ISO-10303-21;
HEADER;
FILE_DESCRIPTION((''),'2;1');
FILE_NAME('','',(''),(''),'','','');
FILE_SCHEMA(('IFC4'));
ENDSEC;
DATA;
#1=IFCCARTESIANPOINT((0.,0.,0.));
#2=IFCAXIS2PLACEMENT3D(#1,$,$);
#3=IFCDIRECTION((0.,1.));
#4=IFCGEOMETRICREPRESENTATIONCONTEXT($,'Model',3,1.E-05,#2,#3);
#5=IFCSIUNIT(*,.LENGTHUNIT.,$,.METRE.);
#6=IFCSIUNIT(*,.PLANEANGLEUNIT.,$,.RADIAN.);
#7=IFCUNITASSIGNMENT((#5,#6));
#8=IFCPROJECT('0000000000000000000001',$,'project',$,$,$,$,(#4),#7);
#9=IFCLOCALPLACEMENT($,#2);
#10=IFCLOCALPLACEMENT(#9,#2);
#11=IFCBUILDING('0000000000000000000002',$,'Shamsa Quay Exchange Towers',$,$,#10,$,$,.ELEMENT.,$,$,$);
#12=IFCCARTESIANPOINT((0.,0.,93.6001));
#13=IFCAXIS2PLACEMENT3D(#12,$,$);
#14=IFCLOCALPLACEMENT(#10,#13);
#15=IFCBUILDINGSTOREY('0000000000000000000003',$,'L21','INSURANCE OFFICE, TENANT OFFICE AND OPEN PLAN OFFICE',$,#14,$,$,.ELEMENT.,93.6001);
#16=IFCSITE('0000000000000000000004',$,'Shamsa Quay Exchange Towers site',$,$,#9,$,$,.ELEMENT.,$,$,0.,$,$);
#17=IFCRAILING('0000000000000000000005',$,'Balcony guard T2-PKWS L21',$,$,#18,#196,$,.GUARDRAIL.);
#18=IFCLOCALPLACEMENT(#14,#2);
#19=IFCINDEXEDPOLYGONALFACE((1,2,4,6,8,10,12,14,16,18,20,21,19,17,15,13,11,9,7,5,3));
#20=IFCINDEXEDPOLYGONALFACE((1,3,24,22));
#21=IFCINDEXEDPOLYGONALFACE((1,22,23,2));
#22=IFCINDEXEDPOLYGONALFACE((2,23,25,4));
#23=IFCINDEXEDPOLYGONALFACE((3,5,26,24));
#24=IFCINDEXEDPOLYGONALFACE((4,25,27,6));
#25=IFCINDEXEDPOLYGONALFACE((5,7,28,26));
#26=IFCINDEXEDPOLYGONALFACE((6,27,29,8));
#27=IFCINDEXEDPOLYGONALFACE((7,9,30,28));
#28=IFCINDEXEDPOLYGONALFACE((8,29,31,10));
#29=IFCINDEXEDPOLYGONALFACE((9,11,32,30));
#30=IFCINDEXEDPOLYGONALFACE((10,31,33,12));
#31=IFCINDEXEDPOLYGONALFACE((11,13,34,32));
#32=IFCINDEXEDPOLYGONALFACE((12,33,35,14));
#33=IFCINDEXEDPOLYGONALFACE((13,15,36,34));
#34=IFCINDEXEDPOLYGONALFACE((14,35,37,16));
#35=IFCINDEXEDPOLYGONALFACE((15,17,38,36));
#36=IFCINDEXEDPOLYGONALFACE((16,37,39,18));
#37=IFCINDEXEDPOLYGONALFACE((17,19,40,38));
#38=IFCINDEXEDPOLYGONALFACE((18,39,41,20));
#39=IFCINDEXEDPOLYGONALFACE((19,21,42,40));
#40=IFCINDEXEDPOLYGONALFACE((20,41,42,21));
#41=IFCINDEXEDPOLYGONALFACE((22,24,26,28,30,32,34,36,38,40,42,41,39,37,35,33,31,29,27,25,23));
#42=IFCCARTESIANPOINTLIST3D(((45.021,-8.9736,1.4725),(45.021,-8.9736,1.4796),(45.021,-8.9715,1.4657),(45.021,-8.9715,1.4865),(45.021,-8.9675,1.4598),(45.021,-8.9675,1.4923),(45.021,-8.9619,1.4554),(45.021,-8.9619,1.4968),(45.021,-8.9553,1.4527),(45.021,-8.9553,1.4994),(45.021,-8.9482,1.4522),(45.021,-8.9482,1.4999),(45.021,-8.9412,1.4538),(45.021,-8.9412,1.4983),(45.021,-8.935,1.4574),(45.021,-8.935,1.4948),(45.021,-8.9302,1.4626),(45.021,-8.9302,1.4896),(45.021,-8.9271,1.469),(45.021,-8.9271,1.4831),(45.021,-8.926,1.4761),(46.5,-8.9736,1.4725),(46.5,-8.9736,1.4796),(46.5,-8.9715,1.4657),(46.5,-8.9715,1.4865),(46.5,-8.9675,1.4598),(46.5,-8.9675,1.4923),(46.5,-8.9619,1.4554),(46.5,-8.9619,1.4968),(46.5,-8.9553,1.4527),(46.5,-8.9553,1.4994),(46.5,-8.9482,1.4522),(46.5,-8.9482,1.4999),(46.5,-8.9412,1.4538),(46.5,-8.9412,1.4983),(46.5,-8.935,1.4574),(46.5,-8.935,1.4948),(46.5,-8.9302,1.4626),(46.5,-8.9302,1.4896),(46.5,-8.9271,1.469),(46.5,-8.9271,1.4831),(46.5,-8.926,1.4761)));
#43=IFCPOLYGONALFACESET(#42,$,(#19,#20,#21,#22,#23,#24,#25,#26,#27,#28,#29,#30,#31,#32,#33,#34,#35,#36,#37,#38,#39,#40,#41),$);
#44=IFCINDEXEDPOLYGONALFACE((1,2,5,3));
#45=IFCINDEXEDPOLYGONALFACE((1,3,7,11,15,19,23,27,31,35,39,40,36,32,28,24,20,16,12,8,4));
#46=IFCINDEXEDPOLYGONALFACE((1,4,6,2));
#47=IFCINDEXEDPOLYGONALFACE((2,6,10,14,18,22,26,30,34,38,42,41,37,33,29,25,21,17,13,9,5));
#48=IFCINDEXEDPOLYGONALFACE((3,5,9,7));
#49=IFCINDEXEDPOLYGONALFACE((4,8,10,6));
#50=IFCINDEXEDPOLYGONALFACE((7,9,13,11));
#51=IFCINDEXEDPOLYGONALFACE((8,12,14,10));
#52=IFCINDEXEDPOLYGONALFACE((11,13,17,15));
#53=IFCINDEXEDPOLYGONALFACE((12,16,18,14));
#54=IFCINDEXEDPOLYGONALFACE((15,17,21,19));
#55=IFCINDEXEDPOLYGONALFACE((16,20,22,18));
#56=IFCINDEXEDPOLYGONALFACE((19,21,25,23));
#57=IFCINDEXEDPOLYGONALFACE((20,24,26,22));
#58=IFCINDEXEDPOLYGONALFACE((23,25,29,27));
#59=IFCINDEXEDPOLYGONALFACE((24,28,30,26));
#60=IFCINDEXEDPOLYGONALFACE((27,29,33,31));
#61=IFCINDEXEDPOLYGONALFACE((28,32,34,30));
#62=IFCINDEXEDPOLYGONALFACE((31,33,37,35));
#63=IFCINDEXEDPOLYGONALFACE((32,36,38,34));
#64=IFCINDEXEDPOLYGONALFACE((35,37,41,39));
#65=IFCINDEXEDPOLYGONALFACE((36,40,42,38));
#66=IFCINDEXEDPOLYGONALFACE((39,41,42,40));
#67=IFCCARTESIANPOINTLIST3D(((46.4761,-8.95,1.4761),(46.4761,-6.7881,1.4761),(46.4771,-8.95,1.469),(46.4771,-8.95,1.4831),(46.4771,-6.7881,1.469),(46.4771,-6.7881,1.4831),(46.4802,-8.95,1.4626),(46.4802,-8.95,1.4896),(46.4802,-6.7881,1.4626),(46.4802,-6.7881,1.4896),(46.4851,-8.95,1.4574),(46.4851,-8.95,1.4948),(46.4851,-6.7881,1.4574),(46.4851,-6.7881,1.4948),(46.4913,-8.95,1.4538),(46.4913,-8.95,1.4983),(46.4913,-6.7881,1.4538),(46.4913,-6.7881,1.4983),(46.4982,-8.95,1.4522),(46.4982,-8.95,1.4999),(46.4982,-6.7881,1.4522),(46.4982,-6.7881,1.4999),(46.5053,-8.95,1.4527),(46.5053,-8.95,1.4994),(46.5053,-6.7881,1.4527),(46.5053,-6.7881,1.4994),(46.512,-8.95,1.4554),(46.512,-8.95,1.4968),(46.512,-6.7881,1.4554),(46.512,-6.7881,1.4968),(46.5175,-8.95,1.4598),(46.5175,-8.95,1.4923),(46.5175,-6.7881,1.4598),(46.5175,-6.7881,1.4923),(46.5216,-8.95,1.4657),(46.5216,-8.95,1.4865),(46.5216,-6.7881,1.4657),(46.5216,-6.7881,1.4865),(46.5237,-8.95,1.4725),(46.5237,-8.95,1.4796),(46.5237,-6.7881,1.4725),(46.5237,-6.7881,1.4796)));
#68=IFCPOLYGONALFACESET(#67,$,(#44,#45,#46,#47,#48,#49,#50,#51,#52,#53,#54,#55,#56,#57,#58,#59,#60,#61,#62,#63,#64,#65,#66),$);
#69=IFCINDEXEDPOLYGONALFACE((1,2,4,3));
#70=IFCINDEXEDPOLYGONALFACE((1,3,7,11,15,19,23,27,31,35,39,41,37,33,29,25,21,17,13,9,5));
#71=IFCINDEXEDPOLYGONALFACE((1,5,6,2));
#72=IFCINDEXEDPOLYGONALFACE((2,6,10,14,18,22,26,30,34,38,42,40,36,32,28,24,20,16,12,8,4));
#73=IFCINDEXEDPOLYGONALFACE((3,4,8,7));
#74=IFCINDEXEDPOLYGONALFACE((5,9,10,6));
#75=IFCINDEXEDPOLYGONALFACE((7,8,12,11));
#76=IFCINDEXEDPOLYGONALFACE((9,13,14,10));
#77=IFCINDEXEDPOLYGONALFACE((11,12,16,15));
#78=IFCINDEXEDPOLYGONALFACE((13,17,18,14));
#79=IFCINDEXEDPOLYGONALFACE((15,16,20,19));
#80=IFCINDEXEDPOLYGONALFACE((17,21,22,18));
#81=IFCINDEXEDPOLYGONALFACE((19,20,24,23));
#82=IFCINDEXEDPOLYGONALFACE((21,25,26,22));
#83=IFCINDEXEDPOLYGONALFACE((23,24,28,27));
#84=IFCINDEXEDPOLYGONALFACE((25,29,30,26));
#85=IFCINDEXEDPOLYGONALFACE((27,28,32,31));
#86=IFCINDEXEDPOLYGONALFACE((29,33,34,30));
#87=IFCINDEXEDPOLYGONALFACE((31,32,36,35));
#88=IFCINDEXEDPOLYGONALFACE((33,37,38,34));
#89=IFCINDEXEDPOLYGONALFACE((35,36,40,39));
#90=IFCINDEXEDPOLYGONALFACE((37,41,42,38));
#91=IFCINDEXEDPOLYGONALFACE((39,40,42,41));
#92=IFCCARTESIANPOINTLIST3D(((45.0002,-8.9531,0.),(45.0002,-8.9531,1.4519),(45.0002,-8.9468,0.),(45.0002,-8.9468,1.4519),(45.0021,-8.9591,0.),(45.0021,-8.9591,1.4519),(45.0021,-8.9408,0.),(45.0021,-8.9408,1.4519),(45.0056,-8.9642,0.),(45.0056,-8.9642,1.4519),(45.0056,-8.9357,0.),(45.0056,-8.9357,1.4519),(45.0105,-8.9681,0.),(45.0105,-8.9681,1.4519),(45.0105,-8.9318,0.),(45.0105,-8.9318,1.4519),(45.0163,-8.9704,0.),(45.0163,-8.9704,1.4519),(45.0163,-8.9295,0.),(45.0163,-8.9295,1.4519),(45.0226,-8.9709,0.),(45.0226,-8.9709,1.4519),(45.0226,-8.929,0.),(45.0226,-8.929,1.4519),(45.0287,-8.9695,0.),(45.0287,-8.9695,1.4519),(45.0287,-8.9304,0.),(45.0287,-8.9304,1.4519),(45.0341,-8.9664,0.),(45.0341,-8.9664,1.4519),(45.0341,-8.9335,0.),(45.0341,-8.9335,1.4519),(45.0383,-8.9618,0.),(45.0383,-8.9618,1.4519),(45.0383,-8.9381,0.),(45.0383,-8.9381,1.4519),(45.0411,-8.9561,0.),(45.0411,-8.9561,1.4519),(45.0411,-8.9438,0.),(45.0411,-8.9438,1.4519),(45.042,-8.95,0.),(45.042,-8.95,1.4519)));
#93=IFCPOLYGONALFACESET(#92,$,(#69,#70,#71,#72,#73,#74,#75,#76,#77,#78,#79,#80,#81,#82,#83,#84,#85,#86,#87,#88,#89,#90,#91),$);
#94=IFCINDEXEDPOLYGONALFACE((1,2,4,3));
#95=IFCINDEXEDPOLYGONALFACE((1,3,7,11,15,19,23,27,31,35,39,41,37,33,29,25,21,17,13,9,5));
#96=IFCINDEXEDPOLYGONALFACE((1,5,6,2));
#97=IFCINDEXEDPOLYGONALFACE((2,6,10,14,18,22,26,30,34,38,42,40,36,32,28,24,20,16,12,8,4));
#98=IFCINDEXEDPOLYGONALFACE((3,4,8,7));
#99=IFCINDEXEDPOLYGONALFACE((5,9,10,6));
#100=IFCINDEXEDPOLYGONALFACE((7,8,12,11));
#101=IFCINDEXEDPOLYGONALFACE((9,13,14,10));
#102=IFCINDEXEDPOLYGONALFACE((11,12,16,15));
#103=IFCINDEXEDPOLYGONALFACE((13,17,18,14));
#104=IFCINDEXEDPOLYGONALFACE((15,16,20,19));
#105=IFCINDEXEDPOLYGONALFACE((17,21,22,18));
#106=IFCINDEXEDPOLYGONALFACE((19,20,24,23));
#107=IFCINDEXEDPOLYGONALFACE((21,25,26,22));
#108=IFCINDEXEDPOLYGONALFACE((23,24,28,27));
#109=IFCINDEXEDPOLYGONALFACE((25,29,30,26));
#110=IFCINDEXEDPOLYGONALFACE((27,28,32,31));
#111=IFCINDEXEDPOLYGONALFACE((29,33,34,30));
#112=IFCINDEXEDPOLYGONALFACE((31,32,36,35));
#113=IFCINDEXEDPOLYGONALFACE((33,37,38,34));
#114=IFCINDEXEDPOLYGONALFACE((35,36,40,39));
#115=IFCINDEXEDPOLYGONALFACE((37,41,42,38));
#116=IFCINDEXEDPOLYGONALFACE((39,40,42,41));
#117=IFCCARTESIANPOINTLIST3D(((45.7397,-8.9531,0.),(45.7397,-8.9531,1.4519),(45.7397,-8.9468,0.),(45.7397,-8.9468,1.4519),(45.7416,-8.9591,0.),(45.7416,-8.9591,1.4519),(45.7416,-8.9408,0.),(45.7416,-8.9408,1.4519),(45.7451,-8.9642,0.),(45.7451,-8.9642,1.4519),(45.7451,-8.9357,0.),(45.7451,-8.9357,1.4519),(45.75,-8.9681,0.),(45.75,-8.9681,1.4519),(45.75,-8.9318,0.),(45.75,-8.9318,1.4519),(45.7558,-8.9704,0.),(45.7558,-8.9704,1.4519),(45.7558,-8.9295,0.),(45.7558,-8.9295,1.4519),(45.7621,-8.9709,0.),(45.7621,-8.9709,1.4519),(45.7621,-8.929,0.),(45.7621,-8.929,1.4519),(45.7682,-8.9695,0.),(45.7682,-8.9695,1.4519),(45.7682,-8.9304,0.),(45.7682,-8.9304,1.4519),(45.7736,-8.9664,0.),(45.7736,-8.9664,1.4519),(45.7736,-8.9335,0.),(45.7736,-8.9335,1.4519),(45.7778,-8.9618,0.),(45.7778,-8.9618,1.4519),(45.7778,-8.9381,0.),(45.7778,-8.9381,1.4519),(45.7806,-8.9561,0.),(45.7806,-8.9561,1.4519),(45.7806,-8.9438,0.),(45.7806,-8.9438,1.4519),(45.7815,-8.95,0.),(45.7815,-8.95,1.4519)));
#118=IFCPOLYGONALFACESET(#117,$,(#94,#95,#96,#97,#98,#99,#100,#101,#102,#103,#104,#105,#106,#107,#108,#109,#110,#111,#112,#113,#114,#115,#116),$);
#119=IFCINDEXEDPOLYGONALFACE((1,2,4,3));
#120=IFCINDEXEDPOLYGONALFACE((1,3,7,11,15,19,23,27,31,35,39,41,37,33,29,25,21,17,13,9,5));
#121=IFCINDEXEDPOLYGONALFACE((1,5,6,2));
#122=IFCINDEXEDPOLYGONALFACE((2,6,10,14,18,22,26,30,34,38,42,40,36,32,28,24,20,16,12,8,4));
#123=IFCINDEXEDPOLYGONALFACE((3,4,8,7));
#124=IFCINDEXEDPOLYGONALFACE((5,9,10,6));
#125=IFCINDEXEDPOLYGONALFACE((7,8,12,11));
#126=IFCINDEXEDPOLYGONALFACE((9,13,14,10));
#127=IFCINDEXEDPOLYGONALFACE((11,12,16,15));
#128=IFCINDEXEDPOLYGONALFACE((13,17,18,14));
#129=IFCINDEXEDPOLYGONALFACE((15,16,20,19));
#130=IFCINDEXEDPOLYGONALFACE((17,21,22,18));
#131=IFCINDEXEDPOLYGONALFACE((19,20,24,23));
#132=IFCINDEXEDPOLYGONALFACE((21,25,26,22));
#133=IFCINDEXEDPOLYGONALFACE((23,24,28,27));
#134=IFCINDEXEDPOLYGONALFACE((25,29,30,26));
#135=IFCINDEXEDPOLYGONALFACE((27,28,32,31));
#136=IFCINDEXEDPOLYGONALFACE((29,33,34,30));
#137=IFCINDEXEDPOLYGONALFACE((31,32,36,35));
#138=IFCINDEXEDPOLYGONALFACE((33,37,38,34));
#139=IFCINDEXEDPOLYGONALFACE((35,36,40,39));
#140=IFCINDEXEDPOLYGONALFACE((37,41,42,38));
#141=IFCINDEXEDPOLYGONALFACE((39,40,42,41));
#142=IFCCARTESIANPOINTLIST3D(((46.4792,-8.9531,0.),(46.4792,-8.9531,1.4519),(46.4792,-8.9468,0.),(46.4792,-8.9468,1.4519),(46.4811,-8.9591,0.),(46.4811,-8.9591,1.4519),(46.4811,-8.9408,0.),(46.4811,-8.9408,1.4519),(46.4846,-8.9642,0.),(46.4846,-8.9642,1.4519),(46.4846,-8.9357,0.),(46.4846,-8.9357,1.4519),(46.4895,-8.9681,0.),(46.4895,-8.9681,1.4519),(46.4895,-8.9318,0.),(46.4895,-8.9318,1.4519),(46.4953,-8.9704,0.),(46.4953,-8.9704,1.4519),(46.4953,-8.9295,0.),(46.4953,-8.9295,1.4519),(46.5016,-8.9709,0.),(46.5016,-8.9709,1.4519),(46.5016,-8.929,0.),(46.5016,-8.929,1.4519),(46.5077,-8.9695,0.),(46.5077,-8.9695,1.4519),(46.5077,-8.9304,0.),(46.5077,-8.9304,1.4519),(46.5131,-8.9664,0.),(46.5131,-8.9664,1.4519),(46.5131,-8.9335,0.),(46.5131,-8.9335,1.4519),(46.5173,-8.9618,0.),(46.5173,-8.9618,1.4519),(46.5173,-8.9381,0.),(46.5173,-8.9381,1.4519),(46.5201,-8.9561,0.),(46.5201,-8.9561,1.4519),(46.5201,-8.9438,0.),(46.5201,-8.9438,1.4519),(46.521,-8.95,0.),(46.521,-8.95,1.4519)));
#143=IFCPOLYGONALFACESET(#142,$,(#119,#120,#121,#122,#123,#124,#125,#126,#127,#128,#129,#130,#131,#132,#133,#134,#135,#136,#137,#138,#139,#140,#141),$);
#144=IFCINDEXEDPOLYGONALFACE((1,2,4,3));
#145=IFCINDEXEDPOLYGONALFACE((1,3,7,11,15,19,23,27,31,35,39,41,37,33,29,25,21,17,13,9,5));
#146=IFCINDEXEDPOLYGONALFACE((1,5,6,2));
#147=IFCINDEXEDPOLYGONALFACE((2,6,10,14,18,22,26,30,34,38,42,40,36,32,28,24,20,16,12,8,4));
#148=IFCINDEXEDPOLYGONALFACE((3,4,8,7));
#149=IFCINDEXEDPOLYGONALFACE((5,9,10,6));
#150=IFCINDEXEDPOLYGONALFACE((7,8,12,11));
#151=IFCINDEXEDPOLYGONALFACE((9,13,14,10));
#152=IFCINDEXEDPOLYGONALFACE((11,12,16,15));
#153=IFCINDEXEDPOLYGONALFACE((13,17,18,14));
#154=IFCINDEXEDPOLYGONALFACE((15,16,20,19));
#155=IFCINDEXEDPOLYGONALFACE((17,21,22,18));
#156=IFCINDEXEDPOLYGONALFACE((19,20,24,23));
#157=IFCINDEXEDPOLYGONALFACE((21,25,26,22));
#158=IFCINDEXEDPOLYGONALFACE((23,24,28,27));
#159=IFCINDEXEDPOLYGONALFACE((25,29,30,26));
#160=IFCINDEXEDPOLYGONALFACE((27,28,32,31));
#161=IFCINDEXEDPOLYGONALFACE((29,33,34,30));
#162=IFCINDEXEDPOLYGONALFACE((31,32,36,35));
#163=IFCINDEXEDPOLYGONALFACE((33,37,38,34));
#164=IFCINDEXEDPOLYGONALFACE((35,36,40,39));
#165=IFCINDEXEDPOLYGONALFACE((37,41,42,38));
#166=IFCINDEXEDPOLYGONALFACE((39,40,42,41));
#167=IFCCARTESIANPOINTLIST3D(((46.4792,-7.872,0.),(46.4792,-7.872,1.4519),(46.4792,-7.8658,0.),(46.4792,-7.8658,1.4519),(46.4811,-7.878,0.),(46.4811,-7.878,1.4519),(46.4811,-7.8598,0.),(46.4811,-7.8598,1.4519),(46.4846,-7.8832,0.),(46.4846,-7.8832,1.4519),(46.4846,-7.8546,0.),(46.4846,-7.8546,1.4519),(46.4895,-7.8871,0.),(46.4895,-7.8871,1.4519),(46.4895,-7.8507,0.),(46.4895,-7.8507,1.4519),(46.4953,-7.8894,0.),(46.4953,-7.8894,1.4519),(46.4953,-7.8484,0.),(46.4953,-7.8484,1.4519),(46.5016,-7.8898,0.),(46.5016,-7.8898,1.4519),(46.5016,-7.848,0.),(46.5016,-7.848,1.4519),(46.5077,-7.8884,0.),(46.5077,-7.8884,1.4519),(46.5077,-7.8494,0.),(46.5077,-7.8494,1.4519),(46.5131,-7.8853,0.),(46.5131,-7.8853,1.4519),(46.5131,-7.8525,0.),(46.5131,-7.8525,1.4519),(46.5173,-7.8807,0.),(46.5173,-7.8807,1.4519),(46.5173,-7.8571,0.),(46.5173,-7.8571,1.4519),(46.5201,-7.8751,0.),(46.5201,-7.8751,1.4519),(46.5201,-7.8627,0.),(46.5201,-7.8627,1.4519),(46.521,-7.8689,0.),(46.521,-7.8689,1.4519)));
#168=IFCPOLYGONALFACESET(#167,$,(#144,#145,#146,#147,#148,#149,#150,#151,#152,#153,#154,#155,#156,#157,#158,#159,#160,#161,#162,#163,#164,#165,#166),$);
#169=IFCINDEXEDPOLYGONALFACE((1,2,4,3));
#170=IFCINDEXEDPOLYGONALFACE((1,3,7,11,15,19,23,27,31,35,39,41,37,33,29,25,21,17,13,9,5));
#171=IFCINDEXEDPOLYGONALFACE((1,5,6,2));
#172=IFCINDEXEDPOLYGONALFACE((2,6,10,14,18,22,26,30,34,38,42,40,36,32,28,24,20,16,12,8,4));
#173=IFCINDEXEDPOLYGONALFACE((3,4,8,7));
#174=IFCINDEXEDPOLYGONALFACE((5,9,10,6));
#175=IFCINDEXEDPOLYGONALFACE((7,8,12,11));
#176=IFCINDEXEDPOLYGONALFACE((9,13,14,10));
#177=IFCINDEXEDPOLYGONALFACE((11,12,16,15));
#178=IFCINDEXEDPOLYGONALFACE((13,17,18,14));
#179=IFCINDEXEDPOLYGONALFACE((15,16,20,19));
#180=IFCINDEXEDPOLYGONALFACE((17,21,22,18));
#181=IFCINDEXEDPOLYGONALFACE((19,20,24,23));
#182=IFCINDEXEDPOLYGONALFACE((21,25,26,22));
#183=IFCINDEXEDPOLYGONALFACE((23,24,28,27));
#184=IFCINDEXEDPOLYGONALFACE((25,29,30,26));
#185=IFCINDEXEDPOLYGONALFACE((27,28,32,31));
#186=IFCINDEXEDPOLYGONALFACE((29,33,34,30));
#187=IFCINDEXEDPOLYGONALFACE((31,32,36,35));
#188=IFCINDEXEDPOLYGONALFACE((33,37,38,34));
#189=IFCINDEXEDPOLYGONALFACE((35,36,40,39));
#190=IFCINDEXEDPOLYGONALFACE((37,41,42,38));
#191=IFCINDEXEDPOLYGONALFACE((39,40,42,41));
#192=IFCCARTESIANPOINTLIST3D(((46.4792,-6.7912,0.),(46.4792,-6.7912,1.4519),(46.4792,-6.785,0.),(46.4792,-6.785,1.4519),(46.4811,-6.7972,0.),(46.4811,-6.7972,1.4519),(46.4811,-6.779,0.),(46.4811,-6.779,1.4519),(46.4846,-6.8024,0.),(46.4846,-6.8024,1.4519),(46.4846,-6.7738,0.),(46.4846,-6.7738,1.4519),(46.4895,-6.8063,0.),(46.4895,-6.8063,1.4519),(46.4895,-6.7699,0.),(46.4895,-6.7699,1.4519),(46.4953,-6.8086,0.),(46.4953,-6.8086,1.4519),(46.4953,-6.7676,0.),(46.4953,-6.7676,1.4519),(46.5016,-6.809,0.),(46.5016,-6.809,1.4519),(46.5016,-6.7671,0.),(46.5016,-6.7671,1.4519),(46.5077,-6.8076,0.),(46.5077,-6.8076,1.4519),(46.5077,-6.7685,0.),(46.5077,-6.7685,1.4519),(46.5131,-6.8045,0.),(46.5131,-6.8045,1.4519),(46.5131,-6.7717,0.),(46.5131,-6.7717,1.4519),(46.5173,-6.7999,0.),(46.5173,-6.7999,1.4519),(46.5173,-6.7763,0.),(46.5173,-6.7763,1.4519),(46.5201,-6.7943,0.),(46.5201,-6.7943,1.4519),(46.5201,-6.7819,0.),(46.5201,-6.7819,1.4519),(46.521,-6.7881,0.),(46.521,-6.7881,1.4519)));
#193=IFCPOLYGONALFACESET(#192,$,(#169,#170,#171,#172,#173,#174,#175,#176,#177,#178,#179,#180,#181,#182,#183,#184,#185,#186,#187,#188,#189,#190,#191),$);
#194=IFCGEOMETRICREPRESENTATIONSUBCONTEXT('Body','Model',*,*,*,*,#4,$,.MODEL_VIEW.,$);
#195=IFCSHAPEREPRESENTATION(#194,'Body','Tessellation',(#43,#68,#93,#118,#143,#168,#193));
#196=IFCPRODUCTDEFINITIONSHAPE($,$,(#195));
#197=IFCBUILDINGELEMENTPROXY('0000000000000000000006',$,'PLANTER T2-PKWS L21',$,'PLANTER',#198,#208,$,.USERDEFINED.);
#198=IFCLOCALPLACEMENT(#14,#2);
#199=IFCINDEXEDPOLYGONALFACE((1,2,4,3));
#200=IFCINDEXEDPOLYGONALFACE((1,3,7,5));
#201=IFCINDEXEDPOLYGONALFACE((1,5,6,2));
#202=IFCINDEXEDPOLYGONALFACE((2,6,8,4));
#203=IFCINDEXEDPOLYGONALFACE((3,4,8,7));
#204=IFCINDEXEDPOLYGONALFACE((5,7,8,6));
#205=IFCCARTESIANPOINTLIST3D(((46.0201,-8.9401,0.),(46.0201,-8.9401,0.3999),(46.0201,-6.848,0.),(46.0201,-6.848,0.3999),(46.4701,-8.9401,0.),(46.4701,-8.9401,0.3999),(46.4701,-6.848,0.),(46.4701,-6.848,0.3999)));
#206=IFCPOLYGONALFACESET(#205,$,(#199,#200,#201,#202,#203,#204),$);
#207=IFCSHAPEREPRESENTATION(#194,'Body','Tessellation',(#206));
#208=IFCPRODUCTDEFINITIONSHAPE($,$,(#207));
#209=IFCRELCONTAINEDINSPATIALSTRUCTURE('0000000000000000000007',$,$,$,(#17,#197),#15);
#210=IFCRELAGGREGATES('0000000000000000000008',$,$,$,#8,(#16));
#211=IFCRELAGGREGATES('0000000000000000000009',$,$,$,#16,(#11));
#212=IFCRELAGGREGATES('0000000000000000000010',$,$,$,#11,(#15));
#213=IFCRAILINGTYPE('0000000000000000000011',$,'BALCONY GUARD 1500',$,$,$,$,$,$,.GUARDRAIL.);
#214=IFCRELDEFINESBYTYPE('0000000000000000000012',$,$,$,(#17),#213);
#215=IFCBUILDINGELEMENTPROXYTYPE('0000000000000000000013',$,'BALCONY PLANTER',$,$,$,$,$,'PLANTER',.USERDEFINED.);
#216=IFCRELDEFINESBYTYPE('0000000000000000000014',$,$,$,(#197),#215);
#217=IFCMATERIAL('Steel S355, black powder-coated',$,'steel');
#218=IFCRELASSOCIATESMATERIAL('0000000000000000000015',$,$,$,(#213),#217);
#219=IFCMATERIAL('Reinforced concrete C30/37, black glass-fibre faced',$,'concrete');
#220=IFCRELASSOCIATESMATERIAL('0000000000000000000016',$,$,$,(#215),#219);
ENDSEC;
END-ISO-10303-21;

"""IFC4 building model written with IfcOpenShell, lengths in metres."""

from ifc_helpers import new_model, si_unit, direction, frame, origin, origin_2d, place, context, subcontext, project, spatial, rectangle, circle, extrude, material, type_object, element, save


model = new_model("IFC4")

# Units and contexts
model_context = context("Model", 3, precision=1e-05, world=origin(), true_north=direction((0.0, 1.0)))
body_context = subcontext(model_context, "Body", "Model", "MODEL_VIEW")
ifc_project = project(units=[si_unit("LENGTHUNIT", "METRE"), si_unit("PLANEANGLEUNIT", "RADIAN")], contexts=[model_context])

# Site, building, storey
site_placement = place(None, origin())
site = spatial("IfcSite", under=ifc_project, at=site_placement, Name="Shamsa Quay Exchange Towers site", CompositionType="ELEMENT", RefElevation=0.0)
building_placement = place(site_placement, origin())
building = spatial("IfcBuilding", under=site, at=building_placement, Name="Shamsa Quay Exchange Towers", CompositionType="ELEMENT")
storey_placement = place(building_placement, frame((0.0, 0.0, 93.6001)))
storey = spatial("IfcBuildingStorey", under=building, at=storey_placement, Name="L21", Description="INSURANCE OFFICE, TENANT OFFICE AND OPEN PLAN OFFICE", CompositionType="ELEMENT", Elevation=93.6001)

# Railing
ifc_material_1 = material(Name="Steel S355, black powder-coated", Category="steel")
railing_type_1 = type_object("IfcRailingType", Name="BALCONY GUARD 1500", PredefinedType="GUARDRAIL", material=ifc_material_1)
railing_1_placement = place(storey_placement, frame((45.021, -8.95, 0.0)))
element("IfcRailing", 1, at=railing_1_placement, inside=storey, type_object=railing_type_1, Name="Balcony guard T2-PKWS L21", PredefinedType="GUARDRAIL", context=body_context, shape_type="SweptSolid", body=[
    extrude(circle(Radius=0.0239, at=origin_2d()), frame((0.0, 0.0, 1.4761), z_axis=(1.0, 0.0, 0.0), x_axis=(0.0, 1.0, 0.0)), (0.0, 0.0, 1.0), 1.479),
    extrude(circle(Radius=0.0239, at=origin_2d()), frame((1.479, 0.0, 1.4761), z_axis=(0.0, 1.0, 0.0), x_axis=(-1.0, 0.0, 0.0)), (0.0, 0.0, 1.0), 2.1619),
    extrude(circle(Radius=0.021, at=origin_2d()), origin(), (0.0, 0.0, 1.0), 1.4519),
    extrude(circle(Radius=0.021, at=origin_2d()), frame((0.7395, 0.0, 0.0)), (0.0, 0.0, 1.0), 1.4519),
    extrude(circle(Radius=0.021, at=origin_2d()), frame((1.479, 0.0, 0.0)), (0.0, 0.0, 1.0), 1.4519),
    extrude(circle(Radius=0.021, at=origin_2d()), frame((1.479, 1.0811, 0.0)), (0.0, 0.0, 1.0), 1.4519),
    extrude(circle(Radius=0.021, at=origin_2d()), frame((1.479, 2.1619, 0.0)), (0.0, 0.0, 1.0), 1.4519),
])

# Building element proxy
ifc_material_2 = material(Name="Reinforced concrete C30/37, black glass-fibre faced", Category="concrete")
building_element_proxy_type = type_object("IfcBuildingElementProxyType", Name="BALCONY PLANTER", ElementType="PLANTER", PredefinedType="USERDEFINED", material=ifc_material_2)
proxy_placement = place(storey_placement, frame((46.2451, -7.894, 0.0), z_axis=(0.0, 0.0, 1.0), x_axis=(0.0, 1.0, 0.0)))
element("IfcBuildingElementProxy", 2, at=proxy_placement, inside=storey, type_object=building_element_proxy_type, Name="PLANTER T2-PKWS L21", ObjectType="PLANTER", PredefinedType="USERDEFINED", context=body_context, shape_type="SweptSolid", body=[
    extrude(rectangle(XDim=2.092, YDim=0.45, at=origin_2d()), origin(), (0.0, 0.0, 1.0), 0.3999),
])

save(model, "model.ifc")
